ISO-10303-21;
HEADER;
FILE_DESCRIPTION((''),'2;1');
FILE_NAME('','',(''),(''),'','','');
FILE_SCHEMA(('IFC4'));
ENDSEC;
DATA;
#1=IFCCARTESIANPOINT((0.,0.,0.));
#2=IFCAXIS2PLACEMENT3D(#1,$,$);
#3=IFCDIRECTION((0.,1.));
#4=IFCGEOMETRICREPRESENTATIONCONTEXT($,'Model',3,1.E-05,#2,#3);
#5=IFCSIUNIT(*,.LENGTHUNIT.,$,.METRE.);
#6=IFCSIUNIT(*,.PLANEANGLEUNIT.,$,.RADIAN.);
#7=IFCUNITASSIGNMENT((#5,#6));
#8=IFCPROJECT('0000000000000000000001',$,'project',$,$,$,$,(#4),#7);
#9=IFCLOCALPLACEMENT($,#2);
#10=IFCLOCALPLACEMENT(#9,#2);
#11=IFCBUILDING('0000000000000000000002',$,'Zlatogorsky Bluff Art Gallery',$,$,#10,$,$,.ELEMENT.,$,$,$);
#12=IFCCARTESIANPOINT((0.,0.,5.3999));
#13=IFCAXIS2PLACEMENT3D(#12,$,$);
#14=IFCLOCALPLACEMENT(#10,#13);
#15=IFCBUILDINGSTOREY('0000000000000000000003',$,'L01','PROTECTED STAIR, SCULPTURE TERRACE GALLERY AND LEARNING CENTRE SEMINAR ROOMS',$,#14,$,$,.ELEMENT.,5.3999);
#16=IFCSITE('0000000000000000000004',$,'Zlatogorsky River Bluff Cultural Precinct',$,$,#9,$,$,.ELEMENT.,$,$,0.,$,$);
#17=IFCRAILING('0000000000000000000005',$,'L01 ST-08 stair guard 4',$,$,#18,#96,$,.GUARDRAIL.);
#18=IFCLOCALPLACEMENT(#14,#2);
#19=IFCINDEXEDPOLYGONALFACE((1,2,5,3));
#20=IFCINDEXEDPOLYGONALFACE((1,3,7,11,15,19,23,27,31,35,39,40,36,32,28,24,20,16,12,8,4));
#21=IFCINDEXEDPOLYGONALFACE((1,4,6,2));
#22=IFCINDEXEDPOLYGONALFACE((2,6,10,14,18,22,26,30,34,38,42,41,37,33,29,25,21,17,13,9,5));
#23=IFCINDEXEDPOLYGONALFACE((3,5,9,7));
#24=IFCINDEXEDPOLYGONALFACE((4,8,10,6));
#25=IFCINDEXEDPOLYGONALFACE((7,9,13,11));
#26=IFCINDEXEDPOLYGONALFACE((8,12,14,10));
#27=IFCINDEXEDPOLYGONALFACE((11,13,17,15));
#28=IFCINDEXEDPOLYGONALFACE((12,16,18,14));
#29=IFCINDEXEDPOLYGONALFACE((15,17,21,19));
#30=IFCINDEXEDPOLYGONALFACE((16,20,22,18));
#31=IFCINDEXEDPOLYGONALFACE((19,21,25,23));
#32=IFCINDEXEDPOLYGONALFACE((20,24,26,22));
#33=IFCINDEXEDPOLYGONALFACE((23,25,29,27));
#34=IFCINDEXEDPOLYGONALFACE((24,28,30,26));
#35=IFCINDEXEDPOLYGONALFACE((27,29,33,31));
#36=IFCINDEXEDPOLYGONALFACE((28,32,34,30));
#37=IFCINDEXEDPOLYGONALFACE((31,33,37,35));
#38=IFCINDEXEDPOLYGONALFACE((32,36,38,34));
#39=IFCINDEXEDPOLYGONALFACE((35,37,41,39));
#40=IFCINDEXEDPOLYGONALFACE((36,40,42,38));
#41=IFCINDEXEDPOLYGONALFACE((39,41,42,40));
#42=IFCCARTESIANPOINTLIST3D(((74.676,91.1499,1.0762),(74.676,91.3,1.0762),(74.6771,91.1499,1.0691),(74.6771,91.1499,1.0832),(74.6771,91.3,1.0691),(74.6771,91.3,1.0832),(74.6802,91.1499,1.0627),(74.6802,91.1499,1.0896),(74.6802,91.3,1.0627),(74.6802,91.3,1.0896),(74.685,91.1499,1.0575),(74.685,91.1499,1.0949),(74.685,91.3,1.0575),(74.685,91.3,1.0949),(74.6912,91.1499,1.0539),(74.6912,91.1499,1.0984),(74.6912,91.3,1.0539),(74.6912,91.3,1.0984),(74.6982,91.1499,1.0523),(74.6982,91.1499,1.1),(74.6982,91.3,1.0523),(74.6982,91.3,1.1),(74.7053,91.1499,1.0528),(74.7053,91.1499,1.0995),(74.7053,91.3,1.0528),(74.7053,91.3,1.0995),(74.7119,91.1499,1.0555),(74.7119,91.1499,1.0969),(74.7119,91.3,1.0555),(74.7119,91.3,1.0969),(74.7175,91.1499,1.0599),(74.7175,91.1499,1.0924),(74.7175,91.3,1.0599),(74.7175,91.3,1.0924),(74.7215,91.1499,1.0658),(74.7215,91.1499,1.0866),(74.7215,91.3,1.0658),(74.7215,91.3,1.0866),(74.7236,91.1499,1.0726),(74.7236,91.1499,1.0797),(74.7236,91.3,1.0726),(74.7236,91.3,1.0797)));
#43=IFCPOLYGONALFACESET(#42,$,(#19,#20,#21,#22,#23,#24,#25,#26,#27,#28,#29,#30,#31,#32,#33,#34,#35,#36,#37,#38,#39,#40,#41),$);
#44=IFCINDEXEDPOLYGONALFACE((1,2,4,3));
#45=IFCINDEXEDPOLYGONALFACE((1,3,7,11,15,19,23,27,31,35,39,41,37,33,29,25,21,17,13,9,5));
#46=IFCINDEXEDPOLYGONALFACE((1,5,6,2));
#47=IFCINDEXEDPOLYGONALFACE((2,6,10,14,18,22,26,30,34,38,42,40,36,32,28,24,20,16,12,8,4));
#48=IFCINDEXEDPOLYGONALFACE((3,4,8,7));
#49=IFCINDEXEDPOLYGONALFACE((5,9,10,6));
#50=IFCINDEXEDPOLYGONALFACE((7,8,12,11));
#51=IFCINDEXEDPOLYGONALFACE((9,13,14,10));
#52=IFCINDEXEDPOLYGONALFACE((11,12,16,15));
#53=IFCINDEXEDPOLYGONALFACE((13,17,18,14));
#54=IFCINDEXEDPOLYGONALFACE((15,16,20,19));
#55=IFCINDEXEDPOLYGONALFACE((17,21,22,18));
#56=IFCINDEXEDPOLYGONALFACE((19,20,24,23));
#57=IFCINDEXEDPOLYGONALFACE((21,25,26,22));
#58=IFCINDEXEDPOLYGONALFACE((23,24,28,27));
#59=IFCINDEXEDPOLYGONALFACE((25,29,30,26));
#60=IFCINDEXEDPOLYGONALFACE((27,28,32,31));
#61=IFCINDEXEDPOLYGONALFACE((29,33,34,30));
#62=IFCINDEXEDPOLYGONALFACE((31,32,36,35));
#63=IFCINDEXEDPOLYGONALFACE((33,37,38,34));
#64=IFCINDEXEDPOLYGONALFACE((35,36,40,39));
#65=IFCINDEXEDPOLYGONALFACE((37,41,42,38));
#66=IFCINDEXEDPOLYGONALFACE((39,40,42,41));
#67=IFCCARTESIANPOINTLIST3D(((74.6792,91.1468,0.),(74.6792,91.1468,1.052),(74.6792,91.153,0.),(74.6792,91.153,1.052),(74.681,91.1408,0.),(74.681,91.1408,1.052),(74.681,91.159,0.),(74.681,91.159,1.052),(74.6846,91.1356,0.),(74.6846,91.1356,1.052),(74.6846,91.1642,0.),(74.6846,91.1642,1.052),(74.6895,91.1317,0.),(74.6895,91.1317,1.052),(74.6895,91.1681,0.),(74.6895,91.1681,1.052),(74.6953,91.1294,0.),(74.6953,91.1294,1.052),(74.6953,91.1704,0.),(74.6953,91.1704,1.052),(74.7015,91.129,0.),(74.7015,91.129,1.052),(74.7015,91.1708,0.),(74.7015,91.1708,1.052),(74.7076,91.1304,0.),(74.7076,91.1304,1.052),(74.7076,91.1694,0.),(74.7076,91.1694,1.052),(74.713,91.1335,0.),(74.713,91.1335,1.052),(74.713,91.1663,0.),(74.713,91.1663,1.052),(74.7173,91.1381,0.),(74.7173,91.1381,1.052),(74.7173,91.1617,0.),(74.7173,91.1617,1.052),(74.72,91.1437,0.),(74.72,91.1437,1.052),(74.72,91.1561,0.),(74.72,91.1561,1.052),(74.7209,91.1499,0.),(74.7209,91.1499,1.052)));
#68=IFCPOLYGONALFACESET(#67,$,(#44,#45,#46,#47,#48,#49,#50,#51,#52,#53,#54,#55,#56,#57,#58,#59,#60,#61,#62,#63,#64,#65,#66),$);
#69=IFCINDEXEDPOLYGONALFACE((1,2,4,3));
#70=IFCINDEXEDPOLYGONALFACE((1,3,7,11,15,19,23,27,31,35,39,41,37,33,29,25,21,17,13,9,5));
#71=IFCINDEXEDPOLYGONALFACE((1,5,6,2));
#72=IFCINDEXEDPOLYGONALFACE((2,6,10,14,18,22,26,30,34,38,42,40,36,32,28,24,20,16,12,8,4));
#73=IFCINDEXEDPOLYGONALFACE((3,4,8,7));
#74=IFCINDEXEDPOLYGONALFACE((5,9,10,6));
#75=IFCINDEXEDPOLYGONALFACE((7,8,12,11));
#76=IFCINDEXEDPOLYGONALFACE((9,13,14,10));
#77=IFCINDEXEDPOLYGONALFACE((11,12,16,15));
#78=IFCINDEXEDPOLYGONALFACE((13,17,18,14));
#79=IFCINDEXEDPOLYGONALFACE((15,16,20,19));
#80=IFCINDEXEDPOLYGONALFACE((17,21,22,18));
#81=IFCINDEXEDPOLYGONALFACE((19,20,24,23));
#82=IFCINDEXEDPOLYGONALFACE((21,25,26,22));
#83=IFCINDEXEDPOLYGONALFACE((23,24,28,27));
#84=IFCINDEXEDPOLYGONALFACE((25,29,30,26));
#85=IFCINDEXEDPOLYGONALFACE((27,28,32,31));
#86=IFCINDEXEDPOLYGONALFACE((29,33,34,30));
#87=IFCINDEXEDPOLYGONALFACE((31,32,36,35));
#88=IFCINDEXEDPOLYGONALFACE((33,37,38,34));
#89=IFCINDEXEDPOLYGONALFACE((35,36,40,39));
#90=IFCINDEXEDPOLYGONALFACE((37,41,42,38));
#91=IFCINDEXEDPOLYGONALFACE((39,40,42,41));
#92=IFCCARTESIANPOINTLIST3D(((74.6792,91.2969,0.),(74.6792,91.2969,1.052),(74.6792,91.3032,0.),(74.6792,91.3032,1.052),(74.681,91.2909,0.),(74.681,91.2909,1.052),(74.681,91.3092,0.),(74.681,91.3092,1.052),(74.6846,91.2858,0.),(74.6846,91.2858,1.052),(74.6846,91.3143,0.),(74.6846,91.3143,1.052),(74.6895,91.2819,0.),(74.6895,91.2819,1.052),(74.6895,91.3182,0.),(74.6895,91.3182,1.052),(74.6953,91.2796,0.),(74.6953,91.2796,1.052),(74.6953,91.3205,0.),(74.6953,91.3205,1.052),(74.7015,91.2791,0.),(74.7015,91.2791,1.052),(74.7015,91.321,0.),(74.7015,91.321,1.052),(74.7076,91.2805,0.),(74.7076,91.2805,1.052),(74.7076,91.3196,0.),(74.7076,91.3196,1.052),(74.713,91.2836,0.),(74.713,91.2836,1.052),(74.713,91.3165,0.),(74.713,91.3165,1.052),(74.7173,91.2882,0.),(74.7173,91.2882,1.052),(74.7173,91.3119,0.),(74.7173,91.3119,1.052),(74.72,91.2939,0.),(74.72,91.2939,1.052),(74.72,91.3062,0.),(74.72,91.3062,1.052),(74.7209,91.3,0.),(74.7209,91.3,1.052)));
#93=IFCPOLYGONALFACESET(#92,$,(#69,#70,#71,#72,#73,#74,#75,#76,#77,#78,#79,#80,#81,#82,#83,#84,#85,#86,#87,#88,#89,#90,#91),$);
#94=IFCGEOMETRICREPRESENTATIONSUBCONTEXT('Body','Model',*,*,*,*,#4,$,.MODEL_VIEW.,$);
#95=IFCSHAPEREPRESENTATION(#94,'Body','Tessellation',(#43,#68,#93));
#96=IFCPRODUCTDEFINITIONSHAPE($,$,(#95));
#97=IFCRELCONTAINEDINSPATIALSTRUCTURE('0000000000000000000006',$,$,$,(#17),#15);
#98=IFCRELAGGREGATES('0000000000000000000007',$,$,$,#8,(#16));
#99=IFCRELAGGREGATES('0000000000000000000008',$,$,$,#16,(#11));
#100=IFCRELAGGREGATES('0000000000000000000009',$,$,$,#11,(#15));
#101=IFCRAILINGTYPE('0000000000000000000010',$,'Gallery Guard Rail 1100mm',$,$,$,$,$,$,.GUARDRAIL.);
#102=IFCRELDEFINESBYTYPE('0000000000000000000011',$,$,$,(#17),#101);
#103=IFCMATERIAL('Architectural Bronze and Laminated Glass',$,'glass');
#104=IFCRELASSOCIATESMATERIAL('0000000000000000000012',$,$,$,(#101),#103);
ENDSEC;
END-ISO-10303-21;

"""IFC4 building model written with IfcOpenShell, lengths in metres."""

from ifc_helpers import new_model, si_unit, direction, frame, origin, origin_2d, place, context, subcontext, project, spatial, circle, extrude, material, type_object, element, save


model = new_model("IFC4")

# Units and contexts
model_context = context("Model", 3, precision=1e-05, world=origin(), true_north=direction((0.0, 1.0)))
body_context = subcontext(model_context, "Body", "Model", "MODEL_VIEW")
ifc_project = project(units=[si_unit("LENGTHUNIT", "METRE"), si_unit("PLANEANGLEUNIT", "RADIAN")], contexts=[model_context])

# Site, building, storey
site_placement = place(None, origin())
site = spatial("IfcSite", under=ifc_project, at=site_placement, Name="Zlatogorsky River Bluff Cultural Precinct", CompositionType="ELEMENT", RefElevation=0.0)
building_placement = place(site_placement, origin())
building = spatial("IfcBuilding", under=site, at=building_placement, Name="Zlatogorsky Bluff Art Gallery", CompositionType="ELEMENT")
storey_placement = place(building_placement, frame((0.0, 0.0, 5.3999)))
storey = spatial("IfcBuildingStorey", under=building, at=storey_placement, Name="L01", Description="PROTECTED STAIR, SCULPTURE TERRACE GALLERY AND LEARNING CENTRE SEMINAR ROOMS", CompositionType="ELEMENT", Elevation=5.3999)

# Railing
ifc_material_1 = material(Name="Architectural Bronze and Laminated Glass", Category="glass")
railing_type_1 = type_object("IfcRailingType", Name="Gallery Guard Rail 1100mm", PredefinedType="GUARDRAIL", material=ifc_material_1)
railing_1_placement = place(storey_placement, frame((74.7, 91.1499, 0.0)))
element("IfcRailing", 1, at=railing_1_placement, inside=storey, type_object=railing_type_1, Name="L01 ST-08 stair guard 4", PredefinedType="GUARDRAIL", context=body_context, shape_type="SweptSolid", body=[
    extrude(circle(Radius=0.0239, at=origin_2d()), frame((0.0, 0.0, 1.0762), z_axis=(0.0, 1.0, 0.0), x_axis=(-1.0, 0.0, 0.0)), (0.0, 0.0, 1.0), 0.1501),
    extrude(circle(Radius=0.021, at=origin_2d()), origin(), (0.0, 0.0, 1.0), 1.052),
    extrude(circle(Radius=0.021, at=origin_2d()), frame((0.0, 0.1501, 0.0)), (0.0, 0.0, 1.0), 1.052),
])

save(model, "model.ifc")
